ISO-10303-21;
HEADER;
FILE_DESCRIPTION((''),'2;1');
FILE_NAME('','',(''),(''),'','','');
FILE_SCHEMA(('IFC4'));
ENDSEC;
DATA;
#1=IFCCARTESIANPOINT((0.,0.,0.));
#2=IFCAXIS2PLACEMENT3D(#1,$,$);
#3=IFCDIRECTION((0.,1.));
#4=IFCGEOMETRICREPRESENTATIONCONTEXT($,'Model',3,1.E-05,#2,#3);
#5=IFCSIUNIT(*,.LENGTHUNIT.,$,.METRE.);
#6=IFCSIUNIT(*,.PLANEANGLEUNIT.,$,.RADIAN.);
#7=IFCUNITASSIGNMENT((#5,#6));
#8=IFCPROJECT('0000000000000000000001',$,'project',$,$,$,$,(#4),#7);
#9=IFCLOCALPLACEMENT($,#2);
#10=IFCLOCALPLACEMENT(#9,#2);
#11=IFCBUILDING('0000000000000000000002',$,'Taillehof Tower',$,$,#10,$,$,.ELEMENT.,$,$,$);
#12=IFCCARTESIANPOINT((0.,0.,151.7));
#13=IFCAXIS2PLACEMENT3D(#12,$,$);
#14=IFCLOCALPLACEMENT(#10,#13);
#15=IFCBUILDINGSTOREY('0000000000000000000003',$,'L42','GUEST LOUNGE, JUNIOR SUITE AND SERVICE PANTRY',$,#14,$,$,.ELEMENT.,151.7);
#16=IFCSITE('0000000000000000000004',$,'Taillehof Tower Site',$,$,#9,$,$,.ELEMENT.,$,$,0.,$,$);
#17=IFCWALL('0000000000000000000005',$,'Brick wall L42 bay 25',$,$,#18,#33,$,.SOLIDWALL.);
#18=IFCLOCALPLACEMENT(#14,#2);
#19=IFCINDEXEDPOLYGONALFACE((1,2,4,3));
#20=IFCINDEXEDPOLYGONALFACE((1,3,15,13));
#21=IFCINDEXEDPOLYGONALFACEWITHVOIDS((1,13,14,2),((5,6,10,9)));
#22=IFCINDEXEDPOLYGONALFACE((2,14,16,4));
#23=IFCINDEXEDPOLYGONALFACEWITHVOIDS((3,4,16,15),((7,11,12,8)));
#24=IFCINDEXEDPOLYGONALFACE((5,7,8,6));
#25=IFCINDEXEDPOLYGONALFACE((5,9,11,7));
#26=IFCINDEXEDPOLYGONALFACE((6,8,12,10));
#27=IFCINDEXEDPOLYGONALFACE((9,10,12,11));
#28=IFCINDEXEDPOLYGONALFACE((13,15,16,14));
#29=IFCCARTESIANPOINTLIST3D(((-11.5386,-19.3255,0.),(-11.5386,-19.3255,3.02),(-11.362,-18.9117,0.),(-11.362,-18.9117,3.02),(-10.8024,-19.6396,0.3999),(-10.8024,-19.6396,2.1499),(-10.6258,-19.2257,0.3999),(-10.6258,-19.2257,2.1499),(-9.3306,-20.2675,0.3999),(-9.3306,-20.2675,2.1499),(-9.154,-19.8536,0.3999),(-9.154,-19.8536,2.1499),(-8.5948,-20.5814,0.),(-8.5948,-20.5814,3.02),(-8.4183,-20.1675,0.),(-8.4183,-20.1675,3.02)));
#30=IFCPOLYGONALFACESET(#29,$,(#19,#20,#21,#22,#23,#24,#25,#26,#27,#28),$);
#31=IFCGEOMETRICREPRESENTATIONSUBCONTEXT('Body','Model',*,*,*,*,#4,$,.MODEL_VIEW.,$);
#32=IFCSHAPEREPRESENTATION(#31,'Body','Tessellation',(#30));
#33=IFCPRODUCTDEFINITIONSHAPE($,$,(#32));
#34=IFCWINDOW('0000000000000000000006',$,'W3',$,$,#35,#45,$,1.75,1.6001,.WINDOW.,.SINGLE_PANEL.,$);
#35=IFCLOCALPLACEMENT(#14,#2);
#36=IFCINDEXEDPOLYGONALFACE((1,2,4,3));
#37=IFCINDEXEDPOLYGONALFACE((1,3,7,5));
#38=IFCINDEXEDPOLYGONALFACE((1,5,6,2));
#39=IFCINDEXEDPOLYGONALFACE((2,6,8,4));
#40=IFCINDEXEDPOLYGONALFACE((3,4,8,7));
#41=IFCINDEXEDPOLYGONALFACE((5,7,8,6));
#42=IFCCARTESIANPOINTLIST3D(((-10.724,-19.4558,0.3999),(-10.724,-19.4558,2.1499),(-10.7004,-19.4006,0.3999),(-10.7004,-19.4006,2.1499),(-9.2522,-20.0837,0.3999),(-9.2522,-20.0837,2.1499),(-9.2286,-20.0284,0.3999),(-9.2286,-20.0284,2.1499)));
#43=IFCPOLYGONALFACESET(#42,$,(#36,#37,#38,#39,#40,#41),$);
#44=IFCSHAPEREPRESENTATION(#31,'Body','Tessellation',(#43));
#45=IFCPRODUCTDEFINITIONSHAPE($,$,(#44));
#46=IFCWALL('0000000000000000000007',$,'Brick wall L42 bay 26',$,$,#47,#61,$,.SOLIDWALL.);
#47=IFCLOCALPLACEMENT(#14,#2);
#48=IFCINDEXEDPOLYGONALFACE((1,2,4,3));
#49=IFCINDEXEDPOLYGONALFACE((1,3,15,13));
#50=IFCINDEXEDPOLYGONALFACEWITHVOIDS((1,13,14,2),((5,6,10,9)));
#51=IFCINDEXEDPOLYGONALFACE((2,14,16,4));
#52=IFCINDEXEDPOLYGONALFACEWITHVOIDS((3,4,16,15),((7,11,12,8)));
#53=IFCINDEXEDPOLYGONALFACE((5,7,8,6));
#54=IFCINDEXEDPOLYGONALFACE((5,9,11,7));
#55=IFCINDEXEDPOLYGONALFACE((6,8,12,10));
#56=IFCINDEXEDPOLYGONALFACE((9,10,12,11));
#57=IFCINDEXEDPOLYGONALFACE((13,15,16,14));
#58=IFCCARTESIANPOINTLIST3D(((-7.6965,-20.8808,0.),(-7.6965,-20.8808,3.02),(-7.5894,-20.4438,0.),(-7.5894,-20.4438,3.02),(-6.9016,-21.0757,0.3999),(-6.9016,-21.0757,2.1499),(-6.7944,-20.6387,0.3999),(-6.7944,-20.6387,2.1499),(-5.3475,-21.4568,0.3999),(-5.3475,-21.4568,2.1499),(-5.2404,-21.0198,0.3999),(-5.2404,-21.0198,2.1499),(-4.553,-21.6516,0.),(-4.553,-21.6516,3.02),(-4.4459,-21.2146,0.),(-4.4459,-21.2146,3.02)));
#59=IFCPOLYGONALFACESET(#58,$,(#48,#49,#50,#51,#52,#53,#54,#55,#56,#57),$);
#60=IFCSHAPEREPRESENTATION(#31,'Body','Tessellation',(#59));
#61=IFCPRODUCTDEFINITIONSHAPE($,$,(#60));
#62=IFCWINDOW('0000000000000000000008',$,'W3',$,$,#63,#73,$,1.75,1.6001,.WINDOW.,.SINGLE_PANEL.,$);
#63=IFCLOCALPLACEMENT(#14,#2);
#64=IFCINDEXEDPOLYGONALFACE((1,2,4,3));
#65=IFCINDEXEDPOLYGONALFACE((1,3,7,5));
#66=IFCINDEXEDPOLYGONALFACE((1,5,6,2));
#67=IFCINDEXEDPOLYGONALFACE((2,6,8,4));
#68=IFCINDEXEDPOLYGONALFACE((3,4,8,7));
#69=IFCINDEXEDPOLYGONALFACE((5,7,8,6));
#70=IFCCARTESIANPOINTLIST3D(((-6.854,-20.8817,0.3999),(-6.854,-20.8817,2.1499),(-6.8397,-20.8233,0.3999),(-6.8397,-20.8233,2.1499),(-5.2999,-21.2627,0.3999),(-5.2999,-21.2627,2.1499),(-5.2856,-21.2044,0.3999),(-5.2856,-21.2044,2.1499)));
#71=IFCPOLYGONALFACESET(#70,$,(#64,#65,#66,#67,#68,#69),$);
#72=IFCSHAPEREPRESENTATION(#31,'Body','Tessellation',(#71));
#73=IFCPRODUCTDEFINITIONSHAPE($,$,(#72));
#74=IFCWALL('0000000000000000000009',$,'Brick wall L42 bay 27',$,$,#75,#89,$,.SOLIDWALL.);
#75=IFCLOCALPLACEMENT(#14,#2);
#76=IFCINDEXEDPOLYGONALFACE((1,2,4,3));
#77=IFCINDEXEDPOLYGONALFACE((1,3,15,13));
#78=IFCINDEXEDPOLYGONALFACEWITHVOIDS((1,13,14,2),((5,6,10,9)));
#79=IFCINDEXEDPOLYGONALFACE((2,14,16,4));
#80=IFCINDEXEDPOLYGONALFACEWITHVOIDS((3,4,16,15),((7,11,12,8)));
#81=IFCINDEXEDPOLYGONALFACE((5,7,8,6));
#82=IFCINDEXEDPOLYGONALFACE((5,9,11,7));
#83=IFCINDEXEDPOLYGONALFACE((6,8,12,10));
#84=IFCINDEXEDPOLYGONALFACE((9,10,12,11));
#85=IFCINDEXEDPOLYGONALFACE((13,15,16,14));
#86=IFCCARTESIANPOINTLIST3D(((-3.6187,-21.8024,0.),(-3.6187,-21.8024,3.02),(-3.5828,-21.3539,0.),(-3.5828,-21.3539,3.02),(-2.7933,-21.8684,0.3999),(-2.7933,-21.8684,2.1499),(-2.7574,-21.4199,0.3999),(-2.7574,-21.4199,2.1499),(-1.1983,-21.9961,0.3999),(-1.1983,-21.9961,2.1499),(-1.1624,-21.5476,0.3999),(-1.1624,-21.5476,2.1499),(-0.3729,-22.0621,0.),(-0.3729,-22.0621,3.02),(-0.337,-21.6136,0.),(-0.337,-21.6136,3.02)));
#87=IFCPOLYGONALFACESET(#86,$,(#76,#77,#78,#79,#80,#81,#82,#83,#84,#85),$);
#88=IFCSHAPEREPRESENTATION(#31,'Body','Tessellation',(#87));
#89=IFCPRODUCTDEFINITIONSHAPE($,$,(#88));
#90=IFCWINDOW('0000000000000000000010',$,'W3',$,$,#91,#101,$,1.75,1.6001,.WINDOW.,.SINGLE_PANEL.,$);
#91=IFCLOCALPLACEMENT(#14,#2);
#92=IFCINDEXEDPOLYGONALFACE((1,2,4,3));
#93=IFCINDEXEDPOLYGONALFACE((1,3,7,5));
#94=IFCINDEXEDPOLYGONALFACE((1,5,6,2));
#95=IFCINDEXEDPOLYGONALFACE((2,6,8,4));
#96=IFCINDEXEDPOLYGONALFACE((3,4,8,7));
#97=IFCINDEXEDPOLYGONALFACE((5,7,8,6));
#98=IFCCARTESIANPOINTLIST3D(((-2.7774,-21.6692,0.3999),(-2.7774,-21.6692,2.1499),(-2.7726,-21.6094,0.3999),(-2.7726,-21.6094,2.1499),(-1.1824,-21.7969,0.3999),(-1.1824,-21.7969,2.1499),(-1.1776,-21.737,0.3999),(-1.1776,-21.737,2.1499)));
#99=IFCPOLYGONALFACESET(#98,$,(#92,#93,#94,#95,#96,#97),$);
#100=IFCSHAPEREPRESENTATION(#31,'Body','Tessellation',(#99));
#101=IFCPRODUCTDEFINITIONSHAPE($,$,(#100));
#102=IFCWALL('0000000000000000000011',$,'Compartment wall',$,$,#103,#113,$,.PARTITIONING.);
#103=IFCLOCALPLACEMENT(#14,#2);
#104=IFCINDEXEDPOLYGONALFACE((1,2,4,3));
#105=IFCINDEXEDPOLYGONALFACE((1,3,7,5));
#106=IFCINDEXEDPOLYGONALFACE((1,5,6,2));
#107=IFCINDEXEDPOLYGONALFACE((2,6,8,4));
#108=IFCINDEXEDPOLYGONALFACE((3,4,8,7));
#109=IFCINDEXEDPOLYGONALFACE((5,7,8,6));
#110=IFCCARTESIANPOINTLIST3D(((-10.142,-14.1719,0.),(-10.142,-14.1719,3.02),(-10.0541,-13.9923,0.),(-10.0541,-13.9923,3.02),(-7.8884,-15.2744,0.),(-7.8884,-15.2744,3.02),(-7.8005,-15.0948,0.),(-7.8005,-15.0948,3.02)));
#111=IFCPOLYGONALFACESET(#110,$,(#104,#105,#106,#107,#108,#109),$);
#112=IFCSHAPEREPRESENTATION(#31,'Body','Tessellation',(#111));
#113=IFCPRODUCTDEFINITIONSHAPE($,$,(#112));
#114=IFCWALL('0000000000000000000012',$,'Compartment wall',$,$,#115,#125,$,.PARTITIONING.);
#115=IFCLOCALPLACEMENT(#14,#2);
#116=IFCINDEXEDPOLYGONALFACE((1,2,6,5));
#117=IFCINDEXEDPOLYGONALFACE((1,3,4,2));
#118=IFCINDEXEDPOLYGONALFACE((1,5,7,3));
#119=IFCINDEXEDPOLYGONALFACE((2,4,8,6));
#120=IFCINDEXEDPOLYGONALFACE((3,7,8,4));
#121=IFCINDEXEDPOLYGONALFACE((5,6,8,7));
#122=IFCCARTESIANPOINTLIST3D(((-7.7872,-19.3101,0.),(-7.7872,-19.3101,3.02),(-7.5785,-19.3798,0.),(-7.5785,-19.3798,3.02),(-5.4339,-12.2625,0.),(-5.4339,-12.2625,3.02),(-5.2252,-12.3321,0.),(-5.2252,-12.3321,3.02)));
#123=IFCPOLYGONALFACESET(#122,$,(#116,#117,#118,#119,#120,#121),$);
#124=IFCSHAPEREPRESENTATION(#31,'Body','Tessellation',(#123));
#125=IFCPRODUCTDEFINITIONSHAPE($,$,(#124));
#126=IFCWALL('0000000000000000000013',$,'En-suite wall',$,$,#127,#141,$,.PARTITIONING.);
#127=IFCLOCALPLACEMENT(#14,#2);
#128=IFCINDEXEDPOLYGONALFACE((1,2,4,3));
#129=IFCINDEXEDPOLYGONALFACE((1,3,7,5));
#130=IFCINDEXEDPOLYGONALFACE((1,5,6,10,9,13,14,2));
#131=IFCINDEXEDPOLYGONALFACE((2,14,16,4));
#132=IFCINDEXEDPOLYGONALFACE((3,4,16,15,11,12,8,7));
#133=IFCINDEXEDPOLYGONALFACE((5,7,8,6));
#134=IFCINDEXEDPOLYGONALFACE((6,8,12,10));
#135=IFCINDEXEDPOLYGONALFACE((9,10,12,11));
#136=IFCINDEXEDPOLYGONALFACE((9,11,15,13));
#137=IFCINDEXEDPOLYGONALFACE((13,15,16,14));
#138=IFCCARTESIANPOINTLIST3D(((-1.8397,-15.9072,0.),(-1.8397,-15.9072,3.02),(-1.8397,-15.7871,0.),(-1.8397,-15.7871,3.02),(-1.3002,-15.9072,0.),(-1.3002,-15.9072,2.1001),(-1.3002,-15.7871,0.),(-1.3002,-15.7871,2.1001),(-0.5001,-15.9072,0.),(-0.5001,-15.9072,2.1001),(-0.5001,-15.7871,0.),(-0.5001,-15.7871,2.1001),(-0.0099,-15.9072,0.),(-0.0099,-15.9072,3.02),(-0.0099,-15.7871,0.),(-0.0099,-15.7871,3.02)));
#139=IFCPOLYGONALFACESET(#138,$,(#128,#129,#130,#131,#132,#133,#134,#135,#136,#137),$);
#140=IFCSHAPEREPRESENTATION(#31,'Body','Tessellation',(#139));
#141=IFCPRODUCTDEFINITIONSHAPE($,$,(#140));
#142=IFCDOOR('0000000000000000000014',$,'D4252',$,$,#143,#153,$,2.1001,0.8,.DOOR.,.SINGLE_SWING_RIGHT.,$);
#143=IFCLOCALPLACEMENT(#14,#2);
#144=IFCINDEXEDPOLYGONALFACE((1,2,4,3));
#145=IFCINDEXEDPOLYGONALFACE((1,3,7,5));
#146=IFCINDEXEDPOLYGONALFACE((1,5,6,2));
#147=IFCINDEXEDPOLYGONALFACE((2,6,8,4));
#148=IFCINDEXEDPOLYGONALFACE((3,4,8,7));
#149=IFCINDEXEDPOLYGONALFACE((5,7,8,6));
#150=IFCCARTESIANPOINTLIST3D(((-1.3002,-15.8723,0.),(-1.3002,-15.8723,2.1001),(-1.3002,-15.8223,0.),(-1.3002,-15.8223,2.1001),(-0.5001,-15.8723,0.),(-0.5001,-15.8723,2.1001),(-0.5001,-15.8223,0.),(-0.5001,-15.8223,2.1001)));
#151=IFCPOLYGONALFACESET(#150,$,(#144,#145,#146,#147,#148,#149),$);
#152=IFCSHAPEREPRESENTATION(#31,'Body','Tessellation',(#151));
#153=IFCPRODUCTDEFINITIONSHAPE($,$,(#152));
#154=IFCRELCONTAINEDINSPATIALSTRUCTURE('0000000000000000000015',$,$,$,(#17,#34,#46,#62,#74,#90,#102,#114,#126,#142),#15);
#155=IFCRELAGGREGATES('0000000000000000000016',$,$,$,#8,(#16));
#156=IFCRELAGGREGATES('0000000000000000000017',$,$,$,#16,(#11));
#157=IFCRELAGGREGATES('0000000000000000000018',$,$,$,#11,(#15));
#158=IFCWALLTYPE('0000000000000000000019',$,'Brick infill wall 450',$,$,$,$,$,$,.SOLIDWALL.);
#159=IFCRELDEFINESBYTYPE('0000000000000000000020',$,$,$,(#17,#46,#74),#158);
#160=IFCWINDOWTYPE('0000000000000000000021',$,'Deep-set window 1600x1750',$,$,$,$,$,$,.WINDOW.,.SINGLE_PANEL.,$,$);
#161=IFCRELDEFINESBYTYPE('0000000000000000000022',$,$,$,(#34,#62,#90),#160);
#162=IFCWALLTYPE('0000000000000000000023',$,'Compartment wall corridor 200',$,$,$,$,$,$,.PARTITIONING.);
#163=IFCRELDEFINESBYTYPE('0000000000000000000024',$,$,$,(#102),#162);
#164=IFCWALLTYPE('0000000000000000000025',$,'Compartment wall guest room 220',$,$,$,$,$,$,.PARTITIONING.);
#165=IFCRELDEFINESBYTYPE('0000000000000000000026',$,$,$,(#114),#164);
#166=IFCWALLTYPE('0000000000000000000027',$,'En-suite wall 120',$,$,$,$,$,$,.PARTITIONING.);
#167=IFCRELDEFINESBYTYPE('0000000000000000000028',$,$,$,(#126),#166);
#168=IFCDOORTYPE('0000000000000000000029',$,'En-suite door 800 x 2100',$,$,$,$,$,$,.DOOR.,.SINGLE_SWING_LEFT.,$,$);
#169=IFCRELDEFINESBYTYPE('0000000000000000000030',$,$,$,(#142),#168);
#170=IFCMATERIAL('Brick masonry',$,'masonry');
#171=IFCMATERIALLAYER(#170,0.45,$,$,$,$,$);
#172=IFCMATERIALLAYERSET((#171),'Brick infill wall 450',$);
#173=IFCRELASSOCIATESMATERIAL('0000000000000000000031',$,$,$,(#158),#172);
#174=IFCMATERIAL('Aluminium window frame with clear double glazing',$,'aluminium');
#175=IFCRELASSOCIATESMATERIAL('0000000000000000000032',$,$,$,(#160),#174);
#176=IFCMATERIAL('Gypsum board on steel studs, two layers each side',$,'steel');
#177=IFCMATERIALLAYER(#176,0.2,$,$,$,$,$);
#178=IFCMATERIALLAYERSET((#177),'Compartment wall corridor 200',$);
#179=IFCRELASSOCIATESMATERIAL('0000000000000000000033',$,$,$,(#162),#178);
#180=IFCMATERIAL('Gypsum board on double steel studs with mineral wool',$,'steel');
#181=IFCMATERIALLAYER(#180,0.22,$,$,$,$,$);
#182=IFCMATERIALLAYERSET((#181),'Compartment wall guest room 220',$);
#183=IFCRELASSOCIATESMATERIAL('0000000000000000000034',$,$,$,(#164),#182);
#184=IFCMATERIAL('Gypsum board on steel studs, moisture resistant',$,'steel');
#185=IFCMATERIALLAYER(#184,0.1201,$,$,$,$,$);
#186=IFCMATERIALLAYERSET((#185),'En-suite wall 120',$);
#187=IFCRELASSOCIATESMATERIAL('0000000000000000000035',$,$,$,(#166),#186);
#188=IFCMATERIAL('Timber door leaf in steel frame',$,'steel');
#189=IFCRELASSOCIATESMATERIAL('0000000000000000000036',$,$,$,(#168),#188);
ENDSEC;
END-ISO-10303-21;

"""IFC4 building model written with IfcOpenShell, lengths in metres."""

from ifc_helpers import new_model, si_unit, direction, frame, frame_2d, origin, place, context, subcontext, project, spatial, rectangle, extrude, material, layer, layer_set, type_object, element, fill, save


model = new_model("IFC4")

# Units and contexts
model_context = context("Model", 3, precision=1e-05, world=origin(), true_north=direction((0.0, 1.0)))
body_context = subcontext(model_context, "Body", "Model", "MODEL_VIEW")
ifc_project = project(units=[si_unit("LENGTHUNIT", "METRE"), si_unit("PLANEANGLEUNIT", "RADIAN")], contexts=[model_context])

# Site, building, storey
site_placement = place(None, origin())
site = spatial("IfcSite", under=ifc_project, at=site_placement, Name="Taillehof Tower Site", CompositionType="ELEMENT", RefElevation=0.0)
building_placement = place(site_placement, origin())
building = spatial("IfcBuilding", under=site, at=building_placement, Name="Taillehof Tower", CompositionType="ELEMENT")
storey_placement = place(building_placement, frame((0.0, 0.0, 151.7)))
storey = spatial("IfcBuildingStorey", under=building, at=storey_placement, Name="L42", Description="GUEST LOUNGE, JUNIOR SUITE AND SERVICE PANTRY", CompositionType="ELEMENT", Elevation=151.7)

# Walls, openings, windows
ifc_material_1 = material(Name="Brick masonry", Category="masonry")
ifc_layer_1 = layer(ifc_material_1, 0.45)
ifc_layer_set_1 = layer_set([ifc_layer_1], Name="Brick infill wall 450")
wall_type_1 = type_object("IfcWallType", Name="Brick infill wall 450", PredefinedType="SOLIDWALL", material=ifc_layer_set_1)
wall_1_placement = place(storey_placement, frame((-11.4502, -19.1187, 0.0), z_axis=(0.0, 0.0, 1.0), x_axis=(0.919799, -0.39239, 0.0)))
wall_1 = element("IfcWall", 1, at=wall_1_placement, inside=storey, type_object=wall_type_1, Name="Brick wall L42 bay 25", PredefinedType="SOLIDWALL", context=body_context, shape_type="SweptSolid", body=[
    extrude(rectangle(XDim=3.2004, YDim=0.45, at=frame_2d((1.6001, 0.0))), origin(), (0.0, 0.0, 1.0), 3.02),
])
opening_1_placement = place(wall_1_placement, frame((0.8003, 0.0, 0.3999)))
opening_1 = element("IfcOpeningElement", 2, at=opening_1_placement, cuts=wall_1, PredefinedType="OPENING", context=body_context, shape_type="SweptSolid", body=[
    extrude(rectangle(XDim=1.6001, YDim=1.75, at=frame_2d((0.8, 0.875))), frame((0.0, 0.2349, 0.0), z_axis=(0.0, -1.0, 0.0), x_axis=(1.0, 0.0, 0.0)), (0.0, 0.0, 1.0), 0.47),
])
ifc_material_2 = material(Name="Aluminium window frame with clear double glazing", Category="aluminium")
window_type = type_object("IfcWindowType", Name="Deep-set window 1600x1750", PartitioningType="SINGLE_PANEL", PredefinedType="WINDOW", material=ifc_material_2)
window_1_placement = place(opening_1_placement, origin())
window_1 = element("IfcWindow", 3, at=window_1_placement, inside=storey, type_object=window_type, Name="W3", OverallHeight=1.75, OverallWidth=1.6001, PartitioningType="SINGLE_PANEL", PredefinedType="WINDOW", context=body_context, shape_type="SweptSolid", body=[
    extrude(rectangle(XDim=1.6001, YDim=1.75, at=frame_2d((0.8, 0.875))), frame((0.0, 0.0349, 0.0), z_axis=(0.0, -1.0, 0.0), x_axis=(1.0, 0.0, 0.0)), (0.0, 0.0, 1.0), 0.0601),
])
fill(opening_1, window_1)
wall_2_placement = place(storey_placement, frame((-7.6428, -20.6624, 0.0), z_axis=(0.0, 0.0, 1.0), x_axis=(0.971233, -0.238132, 0.0)))
wall_2 = element("IfcWall", 4, at=wall_2_placement, inside=storey, type_object=wall_type_1, Name="Brick wall L42 bay 26", PredefinedType="SOLIDWALL", context=body_context, shape_type="SweptSolid", body=[
    extrude(rectangle(XDim=3.2366, YDim=0.45, at=frame_2d((1.6182, 0.0))), origin(), (0.0, 0.0, 1.0), 3.02),
])
opening_2_placement = place(wall_2_placement, frame((0.8184, 0.0, 0.3999)))
opening_2 = element("IfcOpeningElement", 5, at=opening_2_placement, cuts=wall_2, PredefinedType="OPENING", context=body_context, shape_type="SweptSolid", body=[
    extrude(rectangle(XDim=1.6001, YDim=1.75, at=frame_2d((0.8, 0.875))), frame((0.0, 0.2349, 0.0), z_axis=(0.0, -1.0, 0.0), x_axis=(1.0, 0.0, 0.0)), (0.0, 0.0, 1.0), 0.47),
])
window_2_placement = place(opening_2_placement, origin())
window_2 = element("IfcWindow", 6, at=window_2_placement, inside=storey, type_object=window_type, Name="W3", OverallHeight=1.75, OverallWidth=1.6001, PartitioningType="SINGLE_PANEL", PredefinedType="WINDOW", context=body_context, shape_type="SweptSolid", body=[
    extrude(rectangle(XDim=1.6001, YDim=1.75, at=frame_2d((0.8, 0.875))), frame((0.0, 0.0349, 0.0), z_axis=(0.0, -1.0, 0.0), x_axis=(1.0, 0.0, 0.0)), (0.0, 0.0, 1.0), 0.0601),
])
fill(opening_2, window_2)
wall_3_placement = place(storey_placement, frame((-3.6006, -21.5781, 0.0), z_axis=(0.0, 0.0, 1.0), x_axis=(0.996812, -0.079781, 0.0)))
wall_3 = element("IfcWall", 7, at=wall_3_placement, inside=storey, type_object=wall_type_1, Name="Brick wall L42 bay 27", PredefinedType="SOLIDWALL", context=body_context, shape_type="SweptSolid", body=[
    extrude(rectangle(XDim=3.2561, YDim=0.45, at=frame_2d((1.6279, 0.0))), origin(), (0.0, 0.0, 1.0), 3.02),
])
opening_3_placement = place(wall_3_placement, frame((0.8279, 0.0, 0.3999)))
opening_3 = element("IfcOpeningElement", 8, at=opening_3_placement, cuts=wall_3, PredefinedType="OPENING", context=body_context, shape_type="SweptSolid", body=[
    extrude(rectangle(XDim=1.6001, YDim=1.75, at=frame_2d((0.8, 0.875))), frame((0.0, 0.2349, 0.0), z_axis=(0.0, -1.0, 0.0), x_axis=(1.0, 0.0, 0.0)), (0.0, 0.0, 1.0), 0.47),
])
window_3_placement = place(opening_3_placement, origin())
window_3 = element("IfcWindow", 9, at=window_3_placement, inside=storey, type_object=window_type, Name="W3", OverallHeight=1.75, OverallWidth=1.6001, PartitioningType="SINGLE_PANEL", PredefinedType="WINDOW", context=body_context, shape_type="SweptSolid", body=[
    extrude(rectangle(XDim=1.6001, YDim=1.75, at=frame_2d((0.8, 0.875))), frame((0.0, 0.0349, 0.0), z_axis=(0.0, -1.0, 0.0), x_axis=(1.0, 0.0, 0.0)), (0.0, 0.0, 1.0), 0.0601),
])
fill(opening_3, window_3)

# Walls
ifc_material_3 = material(Name="Gypsum board on steel studs, two layers each side", Category="steel")
ifc_layer_2 = layer(ifc_material_3, 0.2)
ifc_layer_set_2 = layer_set([ifc_layer_2], Name="Compartment wall corridor 200")
wall_type_2 = type_object("IfcWallType", Name="Compartment wall corridor 200", PredefinedType="PARTITIONING", material=ifc_layer_set_2)
wall_4_placement = place(storey_placement, frame((-7.8445, -15.1846, 0.0), z_axis=(0.0, 0.0, 1.0), x_axis=(-0.898267, 0.439451, 0.0)))
element("IfcWall", 10, at=wall_4_placement, inside=storey, type_object=wall_type_2, Name="Compartment wall", PredefinedType="PARTITIONING", context=body_context, shape_type="SweptSolid", body=[
    extrude(rectangle(XDim=2.5088, YDim=0.2, at=frame_2d((1.2544, 0.0))), origin(), (0.0, 0.0, 1.0), 3.02),
])
ifc_material_4 = material(Name="Gypsum board on double steel studs with mineral wool", Category="steel")
ifc_layer_3 = layer(ifc_material_4, 0.22)
ifc_layer_set_3 = layer_set([ifc_layer_3], Name="Compartment wall guest room 220")
wall_type_3 = type_object("IfcWallType", Name="Compartment wall guest room 220", PredefinedType="PARTITIONING", material=ifc_layer_set_3)
wall_5_placement = place(storey_placement, frame((-7.6829, -19.345, 0.0), z_axis=(0.0, 0.0, 1.0), x_axis=(0.316721, 0.948519, 0.0)))
element("IfcWall", 11, at=wall_5_placement, inside=storey, type_object=wall_type_3, Name="Compartment wall", PredefinedType="PARTITIONING", context=body_context, shape_type="SweptSolid", body=[
    extrude(rectangle(XDim=7.4302, YDim=0.22, at=frame_2d((3.7151, 0.0))), origin(), (0.0, 0.0, 1.0), 3.02),
])

# Wall, opening, door
ifc_material_5 = material(Name="Gypsum board on steel studs, moisture resistant", Category="steel")
ifc_layer_4 = layer(ifc_material_5, 0.1201)
ifc_layer_set_4 = layer_set([ifc_layer_4], Name="En-suite wall 120")
wall_type_4 = type_object("IfcWallType", Name="En-suite wall 120", PredefinedType="PARTITIONING", material=ifc_layer_set_4)
wall_6_placement = place(storey_placement, frame((-1.8398, -15.8472, 0.0), z_axis=(0.0, 0.0, 1.0), x_axis=(1.0, 0.0, 0.0)))
wall_6 = element("IfcWall", 12, at=wall_6_placement, inside=storey, type_object=wall_type_4, Name="En-suite wall", PredefinedType="PARTITIONING", context=body_context, shape_type="SweptSolid", body=[
    extrude(rectangle(XDim=1.8298, YDim=0.1201, at=frame_2d((0.915, 0.0))), origin(), (0.0, 0.0, 1.0), 3.02),
])
opening_4_placement = place(wall_6_placement, frame((0.5398, 0.0, 0.0)))
opening_4 = element("IfcOpeningElement", 13, at=opening_4_placement, cuts=wall_6, PredefinedType="OPENING", context=body_context, shape_type="SweptSolid", body=[
    extrude(rectangle(XDim=0.8, YDim=2.1001, at=frame_2d((0.3999, 1.05))), frame((0.0, 0.0701, 0.0), z_axis=(0.0, -1.0, 0.0), x_axis=(1.0, 0.0, 0.0)), (0.0, 0.0, 1.0), 0.1401),
])
ifc_material_6 = material(Name="Timber door leaf in steel frame", Category="steel")
door_type_1 = type_object("IfcDoorType", Name="En-suite door 800 x 2100", OperationType="SINGLE_SWING_LEFT", PredefinedType="DOOR", material=ifc_material_6)
door_1_placement = place(opening_4_placement, origin())
door_1 = element("IfcDoor", 14, at=door_1_placement, inside=storey, type_object=door_type_1, Name="D4252", OperationType="SINGLE_SWING_RIGHT", OverallHeight=2.1001, OverallWidth=0.8, PredefinedType="DOOR", context=body_context, shape_type="SweptSolid", body=[
    extrude(rectangle(XDim=0.8, YDim=2.1001, at=frame_2d((0.3999, 1.05))), frame((0.0, 0.0249, 0.0), z_axis=(0.0, -1.0, 0.0), x_axis=(1.0, 0.0, 0.0)), (0.0, 0.0, 1.0), 0.05),
])
fill(opening_4, door_1)

save(model, "model.ifc")
